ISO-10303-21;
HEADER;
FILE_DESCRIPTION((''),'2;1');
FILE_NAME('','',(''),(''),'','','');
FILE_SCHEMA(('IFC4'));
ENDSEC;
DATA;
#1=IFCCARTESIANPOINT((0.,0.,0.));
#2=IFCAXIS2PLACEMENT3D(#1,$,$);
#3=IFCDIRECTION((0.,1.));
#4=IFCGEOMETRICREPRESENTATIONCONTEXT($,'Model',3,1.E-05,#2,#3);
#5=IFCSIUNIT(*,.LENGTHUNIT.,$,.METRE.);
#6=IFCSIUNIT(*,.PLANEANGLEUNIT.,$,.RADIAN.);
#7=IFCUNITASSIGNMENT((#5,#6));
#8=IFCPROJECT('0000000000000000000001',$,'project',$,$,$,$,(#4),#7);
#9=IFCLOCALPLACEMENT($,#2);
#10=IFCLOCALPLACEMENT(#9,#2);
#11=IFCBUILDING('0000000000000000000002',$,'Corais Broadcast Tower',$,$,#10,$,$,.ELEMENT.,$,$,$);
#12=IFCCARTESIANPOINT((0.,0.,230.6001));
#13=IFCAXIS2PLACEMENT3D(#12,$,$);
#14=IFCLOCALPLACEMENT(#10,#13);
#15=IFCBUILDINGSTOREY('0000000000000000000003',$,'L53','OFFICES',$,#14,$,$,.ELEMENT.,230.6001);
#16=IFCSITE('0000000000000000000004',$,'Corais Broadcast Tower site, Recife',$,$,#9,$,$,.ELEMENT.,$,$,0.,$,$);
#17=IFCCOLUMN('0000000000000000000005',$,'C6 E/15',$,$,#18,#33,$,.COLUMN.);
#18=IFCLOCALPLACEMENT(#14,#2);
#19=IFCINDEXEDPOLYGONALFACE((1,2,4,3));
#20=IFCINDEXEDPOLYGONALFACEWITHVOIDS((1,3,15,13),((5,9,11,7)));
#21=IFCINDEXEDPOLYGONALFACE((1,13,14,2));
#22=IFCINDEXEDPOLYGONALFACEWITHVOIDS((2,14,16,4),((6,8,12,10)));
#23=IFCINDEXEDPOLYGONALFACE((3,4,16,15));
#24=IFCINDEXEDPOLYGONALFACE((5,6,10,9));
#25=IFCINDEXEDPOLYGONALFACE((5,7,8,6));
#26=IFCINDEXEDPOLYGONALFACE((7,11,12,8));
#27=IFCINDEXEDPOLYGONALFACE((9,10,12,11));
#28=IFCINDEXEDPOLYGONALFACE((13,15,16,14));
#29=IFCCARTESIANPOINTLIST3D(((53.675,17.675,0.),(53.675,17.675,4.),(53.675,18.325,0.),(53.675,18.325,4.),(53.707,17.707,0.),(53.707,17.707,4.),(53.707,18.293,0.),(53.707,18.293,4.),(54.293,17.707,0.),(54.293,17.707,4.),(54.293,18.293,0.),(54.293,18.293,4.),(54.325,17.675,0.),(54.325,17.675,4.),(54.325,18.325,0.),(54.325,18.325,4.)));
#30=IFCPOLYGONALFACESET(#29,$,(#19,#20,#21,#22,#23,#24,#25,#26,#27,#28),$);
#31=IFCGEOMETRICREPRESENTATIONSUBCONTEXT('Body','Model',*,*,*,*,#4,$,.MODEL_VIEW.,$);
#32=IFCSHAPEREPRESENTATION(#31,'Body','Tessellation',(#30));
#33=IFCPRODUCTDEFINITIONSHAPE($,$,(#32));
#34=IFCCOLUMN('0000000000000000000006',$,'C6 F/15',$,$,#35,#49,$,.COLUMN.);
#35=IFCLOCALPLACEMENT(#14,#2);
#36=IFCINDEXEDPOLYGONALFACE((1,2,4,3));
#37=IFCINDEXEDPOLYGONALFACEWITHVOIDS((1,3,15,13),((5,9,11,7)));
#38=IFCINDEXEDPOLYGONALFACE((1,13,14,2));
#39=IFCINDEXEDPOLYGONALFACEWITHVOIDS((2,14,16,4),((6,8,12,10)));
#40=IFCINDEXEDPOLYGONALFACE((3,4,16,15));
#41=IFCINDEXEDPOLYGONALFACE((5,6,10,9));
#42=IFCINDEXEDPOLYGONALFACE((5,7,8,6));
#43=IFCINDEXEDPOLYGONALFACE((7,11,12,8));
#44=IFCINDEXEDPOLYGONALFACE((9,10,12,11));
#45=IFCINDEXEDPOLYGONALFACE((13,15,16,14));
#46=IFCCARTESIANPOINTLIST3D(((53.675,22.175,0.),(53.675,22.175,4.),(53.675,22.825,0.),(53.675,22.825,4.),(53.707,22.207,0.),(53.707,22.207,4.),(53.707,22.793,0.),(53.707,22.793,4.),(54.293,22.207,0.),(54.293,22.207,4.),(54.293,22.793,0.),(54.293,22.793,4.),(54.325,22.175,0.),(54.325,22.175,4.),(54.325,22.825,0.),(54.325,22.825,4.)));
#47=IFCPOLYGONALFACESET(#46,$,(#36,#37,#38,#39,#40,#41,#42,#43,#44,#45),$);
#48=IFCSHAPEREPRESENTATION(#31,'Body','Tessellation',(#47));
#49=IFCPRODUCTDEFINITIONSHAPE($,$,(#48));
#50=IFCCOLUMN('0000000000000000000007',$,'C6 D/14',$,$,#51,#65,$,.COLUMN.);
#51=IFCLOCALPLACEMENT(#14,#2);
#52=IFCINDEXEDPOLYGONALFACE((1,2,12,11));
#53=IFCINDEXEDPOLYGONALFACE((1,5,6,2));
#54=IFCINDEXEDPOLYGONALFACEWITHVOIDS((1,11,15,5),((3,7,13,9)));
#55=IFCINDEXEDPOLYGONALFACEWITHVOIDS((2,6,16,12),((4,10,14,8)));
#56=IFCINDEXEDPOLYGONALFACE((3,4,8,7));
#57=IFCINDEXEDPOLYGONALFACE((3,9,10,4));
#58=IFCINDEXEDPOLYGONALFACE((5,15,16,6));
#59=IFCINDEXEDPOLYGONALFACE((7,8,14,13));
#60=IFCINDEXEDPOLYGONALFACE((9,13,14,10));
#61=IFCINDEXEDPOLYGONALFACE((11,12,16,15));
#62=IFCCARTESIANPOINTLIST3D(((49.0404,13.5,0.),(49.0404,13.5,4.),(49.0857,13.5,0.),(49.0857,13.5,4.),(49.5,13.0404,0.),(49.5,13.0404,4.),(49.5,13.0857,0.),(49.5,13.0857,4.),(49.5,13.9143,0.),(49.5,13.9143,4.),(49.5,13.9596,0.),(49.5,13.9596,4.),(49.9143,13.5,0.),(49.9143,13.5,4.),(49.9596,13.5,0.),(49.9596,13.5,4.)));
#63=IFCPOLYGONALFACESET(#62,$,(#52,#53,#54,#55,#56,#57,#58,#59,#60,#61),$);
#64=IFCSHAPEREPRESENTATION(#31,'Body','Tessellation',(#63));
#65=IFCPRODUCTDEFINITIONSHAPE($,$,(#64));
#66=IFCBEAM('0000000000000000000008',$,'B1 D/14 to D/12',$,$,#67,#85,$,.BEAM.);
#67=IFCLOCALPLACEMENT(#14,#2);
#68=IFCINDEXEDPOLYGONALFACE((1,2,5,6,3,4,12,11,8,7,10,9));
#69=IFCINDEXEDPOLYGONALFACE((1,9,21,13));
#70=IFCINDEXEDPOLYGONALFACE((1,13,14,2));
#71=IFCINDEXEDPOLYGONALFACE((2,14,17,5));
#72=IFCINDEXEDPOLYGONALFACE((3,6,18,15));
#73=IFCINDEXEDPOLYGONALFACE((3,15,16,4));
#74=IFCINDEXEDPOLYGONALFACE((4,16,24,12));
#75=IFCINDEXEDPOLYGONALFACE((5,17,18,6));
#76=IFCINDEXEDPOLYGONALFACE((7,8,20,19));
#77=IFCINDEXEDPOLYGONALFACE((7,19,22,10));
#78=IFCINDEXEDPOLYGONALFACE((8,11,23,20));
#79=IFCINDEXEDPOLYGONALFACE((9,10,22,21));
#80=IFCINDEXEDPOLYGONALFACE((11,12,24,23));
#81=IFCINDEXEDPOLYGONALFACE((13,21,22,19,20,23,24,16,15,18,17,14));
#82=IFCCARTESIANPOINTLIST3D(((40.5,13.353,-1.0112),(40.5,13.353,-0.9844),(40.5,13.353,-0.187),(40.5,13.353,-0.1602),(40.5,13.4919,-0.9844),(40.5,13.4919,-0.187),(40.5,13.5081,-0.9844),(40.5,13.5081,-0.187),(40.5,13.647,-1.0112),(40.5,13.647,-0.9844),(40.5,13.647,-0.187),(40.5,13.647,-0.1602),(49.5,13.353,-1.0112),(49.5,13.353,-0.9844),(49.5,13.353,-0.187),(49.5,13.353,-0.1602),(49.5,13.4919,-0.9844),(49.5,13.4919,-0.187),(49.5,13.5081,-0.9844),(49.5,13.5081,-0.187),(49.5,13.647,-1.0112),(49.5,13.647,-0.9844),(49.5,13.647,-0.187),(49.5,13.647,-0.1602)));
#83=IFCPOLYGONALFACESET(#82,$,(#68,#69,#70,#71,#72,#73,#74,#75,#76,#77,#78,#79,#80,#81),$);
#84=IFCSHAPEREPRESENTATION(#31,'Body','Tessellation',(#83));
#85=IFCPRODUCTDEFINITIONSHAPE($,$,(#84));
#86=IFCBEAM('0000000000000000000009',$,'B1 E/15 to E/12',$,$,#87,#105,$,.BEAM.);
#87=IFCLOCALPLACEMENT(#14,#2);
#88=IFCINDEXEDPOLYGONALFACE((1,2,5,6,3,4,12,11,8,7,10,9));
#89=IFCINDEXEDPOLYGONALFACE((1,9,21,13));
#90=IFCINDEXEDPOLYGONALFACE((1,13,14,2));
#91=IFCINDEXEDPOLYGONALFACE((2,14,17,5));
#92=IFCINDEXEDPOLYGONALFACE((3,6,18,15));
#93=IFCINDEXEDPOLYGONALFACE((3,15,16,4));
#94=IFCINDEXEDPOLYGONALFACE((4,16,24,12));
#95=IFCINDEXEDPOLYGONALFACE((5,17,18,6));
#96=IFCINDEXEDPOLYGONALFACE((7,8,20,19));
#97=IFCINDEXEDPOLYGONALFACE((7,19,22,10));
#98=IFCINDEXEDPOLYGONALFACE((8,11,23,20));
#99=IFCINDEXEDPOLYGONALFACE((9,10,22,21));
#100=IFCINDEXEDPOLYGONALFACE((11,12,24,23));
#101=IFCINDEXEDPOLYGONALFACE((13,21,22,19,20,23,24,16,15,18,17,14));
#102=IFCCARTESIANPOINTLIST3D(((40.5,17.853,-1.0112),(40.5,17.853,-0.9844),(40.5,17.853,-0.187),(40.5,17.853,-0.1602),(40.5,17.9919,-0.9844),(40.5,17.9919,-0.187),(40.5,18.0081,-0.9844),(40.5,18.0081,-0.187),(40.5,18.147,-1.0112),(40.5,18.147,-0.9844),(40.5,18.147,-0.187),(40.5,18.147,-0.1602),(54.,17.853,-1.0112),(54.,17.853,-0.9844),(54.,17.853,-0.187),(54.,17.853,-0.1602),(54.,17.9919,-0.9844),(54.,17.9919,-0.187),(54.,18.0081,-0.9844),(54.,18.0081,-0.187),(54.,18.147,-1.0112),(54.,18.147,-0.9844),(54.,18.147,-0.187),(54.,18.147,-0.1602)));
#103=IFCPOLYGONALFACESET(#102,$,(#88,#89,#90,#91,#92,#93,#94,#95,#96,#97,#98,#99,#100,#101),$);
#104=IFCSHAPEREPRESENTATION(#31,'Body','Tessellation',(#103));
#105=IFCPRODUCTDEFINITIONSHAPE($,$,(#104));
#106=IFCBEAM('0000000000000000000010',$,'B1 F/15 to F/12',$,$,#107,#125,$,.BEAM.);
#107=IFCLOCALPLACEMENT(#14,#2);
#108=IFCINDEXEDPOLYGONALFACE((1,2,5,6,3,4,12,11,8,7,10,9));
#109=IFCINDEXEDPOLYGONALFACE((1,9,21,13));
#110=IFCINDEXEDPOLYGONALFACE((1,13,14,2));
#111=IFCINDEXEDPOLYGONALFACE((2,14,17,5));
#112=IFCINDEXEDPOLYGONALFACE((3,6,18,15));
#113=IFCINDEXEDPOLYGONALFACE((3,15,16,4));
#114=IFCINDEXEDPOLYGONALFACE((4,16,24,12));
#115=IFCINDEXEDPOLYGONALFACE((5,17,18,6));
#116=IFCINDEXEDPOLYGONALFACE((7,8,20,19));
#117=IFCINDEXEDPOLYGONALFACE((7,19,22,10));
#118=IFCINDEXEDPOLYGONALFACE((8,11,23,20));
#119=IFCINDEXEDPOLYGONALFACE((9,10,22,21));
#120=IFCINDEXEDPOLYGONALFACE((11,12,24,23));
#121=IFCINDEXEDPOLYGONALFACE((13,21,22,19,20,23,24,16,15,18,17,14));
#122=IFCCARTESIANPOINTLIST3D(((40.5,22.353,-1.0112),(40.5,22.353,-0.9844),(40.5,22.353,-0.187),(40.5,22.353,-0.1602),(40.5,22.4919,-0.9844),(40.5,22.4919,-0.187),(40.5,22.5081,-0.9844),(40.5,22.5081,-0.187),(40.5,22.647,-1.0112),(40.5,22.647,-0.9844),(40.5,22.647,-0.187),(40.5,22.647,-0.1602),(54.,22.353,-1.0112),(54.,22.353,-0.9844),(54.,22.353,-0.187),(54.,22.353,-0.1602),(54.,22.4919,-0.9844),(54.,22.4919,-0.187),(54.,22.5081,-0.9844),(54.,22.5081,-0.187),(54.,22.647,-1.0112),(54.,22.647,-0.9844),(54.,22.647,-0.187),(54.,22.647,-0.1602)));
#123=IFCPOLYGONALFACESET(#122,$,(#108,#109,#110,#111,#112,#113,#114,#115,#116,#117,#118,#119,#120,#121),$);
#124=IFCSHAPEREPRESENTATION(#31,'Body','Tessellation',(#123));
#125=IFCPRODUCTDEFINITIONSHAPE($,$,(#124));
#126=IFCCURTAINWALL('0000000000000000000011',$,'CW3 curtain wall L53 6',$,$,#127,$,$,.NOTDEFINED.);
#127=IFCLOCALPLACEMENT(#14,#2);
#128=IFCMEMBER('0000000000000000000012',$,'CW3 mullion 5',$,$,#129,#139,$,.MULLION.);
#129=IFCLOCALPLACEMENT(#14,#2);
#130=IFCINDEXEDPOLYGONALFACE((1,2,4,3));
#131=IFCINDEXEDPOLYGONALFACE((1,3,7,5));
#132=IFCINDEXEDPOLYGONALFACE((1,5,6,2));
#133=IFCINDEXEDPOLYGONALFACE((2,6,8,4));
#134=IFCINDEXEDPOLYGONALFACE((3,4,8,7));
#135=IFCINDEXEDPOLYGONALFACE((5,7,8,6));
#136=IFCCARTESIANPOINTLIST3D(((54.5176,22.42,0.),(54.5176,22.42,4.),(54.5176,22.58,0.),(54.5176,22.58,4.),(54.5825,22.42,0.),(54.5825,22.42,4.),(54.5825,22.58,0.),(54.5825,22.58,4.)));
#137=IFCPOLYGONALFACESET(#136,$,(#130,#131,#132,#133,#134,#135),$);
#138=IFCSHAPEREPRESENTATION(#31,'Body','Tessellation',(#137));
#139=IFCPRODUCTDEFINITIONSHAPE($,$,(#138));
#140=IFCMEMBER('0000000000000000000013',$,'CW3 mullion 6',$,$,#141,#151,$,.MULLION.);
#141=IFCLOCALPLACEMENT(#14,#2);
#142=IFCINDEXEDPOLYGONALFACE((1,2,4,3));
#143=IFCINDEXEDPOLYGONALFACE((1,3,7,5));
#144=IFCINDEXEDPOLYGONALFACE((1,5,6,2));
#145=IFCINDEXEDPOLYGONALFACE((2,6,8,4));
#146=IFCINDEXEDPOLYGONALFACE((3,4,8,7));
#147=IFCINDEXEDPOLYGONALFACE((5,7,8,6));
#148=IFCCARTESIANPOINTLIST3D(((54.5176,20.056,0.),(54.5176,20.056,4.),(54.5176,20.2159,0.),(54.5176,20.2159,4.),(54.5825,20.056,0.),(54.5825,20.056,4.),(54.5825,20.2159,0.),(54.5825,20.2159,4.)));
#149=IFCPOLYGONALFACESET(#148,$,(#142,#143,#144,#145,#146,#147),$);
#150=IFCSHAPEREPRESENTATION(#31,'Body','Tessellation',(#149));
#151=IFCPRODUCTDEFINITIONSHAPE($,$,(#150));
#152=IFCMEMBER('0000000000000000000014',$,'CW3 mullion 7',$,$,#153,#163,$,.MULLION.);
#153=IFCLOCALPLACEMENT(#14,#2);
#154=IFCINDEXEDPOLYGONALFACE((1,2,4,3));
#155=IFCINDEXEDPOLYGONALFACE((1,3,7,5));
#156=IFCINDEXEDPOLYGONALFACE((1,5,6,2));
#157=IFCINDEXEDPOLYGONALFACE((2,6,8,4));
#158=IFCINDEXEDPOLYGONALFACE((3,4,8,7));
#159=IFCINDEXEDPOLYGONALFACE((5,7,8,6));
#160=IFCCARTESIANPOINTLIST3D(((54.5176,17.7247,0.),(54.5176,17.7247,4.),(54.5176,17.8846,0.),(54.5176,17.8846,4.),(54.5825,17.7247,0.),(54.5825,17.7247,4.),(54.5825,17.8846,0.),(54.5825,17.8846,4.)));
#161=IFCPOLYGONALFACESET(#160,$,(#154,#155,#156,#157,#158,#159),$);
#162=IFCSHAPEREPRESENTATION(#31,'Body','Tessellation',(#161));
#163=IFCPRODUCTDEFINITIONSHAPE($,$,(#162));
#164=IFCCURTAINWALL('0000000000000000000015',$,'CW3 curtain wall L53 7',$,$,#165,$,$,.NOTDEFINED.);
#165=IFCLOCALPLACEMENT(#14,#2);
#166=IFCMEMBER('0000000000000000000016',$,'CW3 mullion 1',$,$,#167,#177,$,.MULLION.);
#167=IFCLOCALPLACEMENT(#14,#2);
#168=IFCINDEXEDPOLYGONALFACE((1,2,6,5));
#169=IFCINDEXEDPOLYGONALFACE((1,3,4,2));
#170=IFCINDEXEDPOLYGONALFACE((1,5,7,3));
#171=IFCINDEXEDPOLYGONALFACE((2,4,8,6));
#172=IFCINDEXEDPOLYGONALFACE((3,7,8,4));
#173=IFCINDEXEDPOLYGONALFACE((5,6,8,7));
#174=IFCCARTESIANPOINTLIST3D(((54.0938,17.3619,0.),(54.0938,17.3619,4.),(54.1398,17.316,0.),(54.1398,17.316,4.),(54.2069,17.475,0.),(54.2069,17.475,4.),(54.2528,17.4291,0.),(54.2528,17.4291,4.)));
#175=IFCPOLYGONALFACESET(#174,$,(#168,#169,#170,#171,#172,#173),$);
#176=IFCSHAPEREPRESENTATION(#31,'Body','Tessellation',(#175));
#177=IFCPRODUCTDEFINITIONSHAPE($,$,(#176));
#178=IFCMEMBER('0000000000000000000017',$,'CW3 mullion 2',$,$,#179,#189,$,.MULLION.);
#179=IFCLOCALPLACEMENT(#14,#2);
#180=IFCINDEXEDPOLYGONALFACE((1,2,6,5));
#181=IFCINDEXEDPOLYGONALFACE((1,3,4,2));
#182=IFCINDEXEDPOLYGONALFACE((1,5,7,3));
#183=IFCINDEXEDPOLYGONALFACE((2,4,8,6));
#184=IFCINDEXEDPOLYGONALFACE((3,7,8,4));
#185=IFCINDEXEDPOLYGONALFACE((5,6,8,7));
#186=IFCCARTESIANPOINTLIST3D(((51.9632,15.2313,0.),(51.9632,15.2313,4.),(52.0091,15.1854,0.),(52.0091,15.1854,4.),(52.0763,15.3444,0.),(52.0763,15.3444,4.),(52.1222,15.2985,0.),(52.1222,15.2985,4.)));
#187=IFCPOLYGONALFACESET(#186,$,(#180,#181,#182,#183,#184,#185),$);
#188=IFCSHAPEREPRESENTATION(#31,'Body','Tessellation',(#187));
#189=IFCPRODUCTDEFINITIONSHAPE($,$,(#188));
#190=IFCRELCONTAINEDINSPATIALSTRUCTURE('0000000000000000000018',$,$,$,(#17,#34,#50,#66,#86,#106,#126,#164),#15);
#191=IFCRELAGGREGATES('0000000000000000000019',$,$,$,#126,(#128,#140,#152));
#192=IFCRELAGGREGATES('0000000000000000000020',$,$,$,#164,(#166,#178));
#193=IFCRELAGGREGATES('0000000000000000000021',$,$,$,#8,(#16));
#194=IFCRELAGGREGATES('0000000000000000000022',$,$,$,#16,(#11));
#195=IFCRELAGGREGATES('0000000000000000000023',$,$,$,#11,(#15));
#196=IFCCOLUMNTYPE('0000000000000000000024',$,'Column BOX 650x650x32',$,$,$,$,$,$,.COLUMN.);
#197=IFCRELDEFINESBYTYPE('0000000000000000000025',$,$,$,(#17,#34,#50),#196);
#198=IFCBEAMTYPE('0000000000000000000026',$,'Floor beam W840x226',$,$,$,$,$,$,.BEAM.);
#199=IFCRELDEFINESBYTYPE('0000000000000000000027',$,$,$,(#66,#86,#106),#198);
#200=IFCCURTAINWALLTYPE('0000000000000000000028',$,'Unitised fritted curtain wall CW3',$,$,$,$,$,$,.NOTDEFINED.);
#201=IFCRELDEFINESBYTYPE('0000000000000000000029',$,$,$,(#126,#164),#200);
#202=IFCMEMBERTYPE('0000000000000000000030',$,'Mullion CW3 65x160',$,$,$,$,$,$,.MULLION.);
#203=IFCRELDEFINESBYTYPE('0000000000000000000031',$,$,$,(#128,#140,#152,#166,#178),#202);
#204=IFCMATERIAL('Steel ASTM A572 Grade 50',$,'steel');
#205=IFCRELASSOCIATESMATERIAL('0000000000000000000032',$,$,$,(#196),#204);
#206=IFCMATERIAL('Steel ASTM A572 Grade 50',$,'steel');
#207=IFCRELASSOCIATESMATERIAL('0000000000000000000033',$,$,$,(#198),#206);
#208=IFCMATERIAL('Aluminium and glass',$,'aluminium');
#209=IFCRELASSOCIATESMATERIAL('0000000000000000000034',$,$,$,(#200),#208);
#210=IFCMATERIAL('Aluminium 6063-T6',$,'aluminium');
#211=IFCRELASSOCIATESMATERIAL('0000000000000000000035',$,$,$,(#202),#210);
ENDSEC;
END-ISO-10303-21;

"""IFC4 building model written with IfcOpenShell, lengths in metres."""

from ifc_helpers import new_model, si_unit, direction, frame, origin, origin_2d, place, context, subcontext, project, spatial, rectangle, hollow_rectangle, i_section, extrude, material, material_profile, profile_set, type_object, element, aggregate, save


model = new_model("IFC4")

# Units and contexts
model_context = context("Model", 3, precision=1e-05, world=origin(), true_north=direction((0.0, 1.0)))
body_context = subcontext(model_context, "Body", "Model", "MODEL_VIEW")
ifc_project = project(units=[si_unit("LENGTHUNIT", "METRE"), si_unit("PLANEANGLEUNIT", "RADIAN")], contexts=[model_context])

# Site, building, storey
site_placement = place(None, origin())
site = spatial("IfcSite", under=ifc_project, at=site_placement, Name="Corais Broadcast Tower site, Recife", CompositionType="ELEMENT", RefElevation=0.0)
building_placement = place(site_placement, origin())
building = spatial("IfcBuilding", under=site, at=building_placement, Name="Corais Broadcast Tower", CompositionType="ELEMENT")
storey_placement = place(building_placement, frame((0.0, 0.0, 230.6001)))
storey = spatial("IfcBuildingStorey", under=building, at=storey_placement, Name="L53", Description="OFFICES", CompositionType="ELEMENT", Elevation=230.6001)

# Columns
ifc_material_1 = material(Name="Steel ASTM A572 Grade 50", Category="steel")
ifc_material_profile_1 = material_profile(ifc_material_1, hollow_rectangle(XDim=0.6499, YDim=0.6499, WallThickness=0.032, at=origin_2d()), Name="BOX 650x650x32")
ifc_profile_set_1 = profile_set([ifc_material_profile_1], Name="Steel ASTM A572 Grade 50")
column_type = type_object("IfcColumnType", Name="Column BOX 650x650x32", PredefinedType="COLUMN", material=ifc_profile_set_1)
for number, where, z_axis, x_axis, name in (
    (1, (54.0, 18.0, 0.0), (0.0, 0.0, 1.0), (1.0, 0.0, 0.0), "C6 E/15"),
    (2, (54.0, 22.5, 0.0), (0.0, 0.0, 1.0), (1.0, 0.0, 0.0), "C6 F/15"),
    (3, (49.5, 13.5, 0.0), (0.0, 0.0, 1.0), (0.707107, 0.707107, 0.0), "C6 D/14"),
):
    element("IfcColumn", number, at=place(storey_placement, frame(where, z_axis=z_axis, x_axis=x_axis)), inside=storey, type_object=column_type, Name=name, PredefinedType="COLUMN", context=body_context, shape_type="SweptSolid", body=[
        extrude(hollow_rectangle(XDim=0.6499, YDim=0.6499, WallThickness=0.032, at=origin_2d()), origin(), (0.0, 0.0, 1.0), 4.0),
    ])

# Beams
ifc_material_2 = material(Name="Steel ASTM A572 Grade 50", Category="steel")
ifc_material_profile_2 = material_profile(ifc_material_2, i_section(OverallWidth=0.2939, OverallDepth=0.8511, WebThickness=0.0161, FlangeThickness=0.0269, at=origin_2d()), Name="W840x226")
ifc_profile_set_2 = profile_set([ifc_material_profile_2], Name="Steel ASTM A572 Grade 50")
beam_type_1 = type_object("IfcBeamType", Name="Floor beam W840x226", PredefinedType="BEAM", material=ifc_profile_set_2)
beam_1_placement = place(storey_placement, frame((49.5, 13.5, -0.5857), z_axis=(-1.0, 0.0, 0.0), x_axis=(0.0, -1.0, 0.0)))
element("IfcBeam", 4, at=beam_1_placement, inside=storey, type_object=beam_type_1, Name="B1 D/14 to D/12", PredefinedType="BEAM", context=body_context, shape_type="SweptSolid", body=[
    extrude(i_section(OverallWidth=0.2939, OverallDepth=0.8511, WebThickness=0.0161, FlangeThickness=0.0269, at=origin_2d()), origin(), (0.0, 0.0, 1.0), 9.0),
])
for number, where, z_axis, x_axis, name in (
    (5, (54.0, 18.0, -0.5857), (-1.0, 0.0, 0.0), (0.0, -1.0, 0.0), "B1 E/15 to E/12"),
    (6, (54.0, 22.5, -0.5857), (-1.0, 0.0, 0.0), (0.0, -1.0, 0.0), "B1 F/15 to F/12"),
):
    element("IfcBeam", number, at=place(storey_placement, frame(where, z_axis=z_axis, x_axis=x_axis)), inside=storey, type_object=beam_type_1, Name=name, PredefinedType="BEAM", context=body_context, shape_type="SweptSolid", body=[
        extrude(i_section(OverallWidth=0.2939, OverallDepth=0.8511, WebThickness=0.0161, FlangeThickness=0.0269, at=origin_2d()), origin(), (0.0, 0.0, 1.0), 13.5),
    ])

# Curtain walls, members
ifc_material_3 = material(Name="Aluminium and glass", Category="aluminium")
curtain_wall_type = type_object("IfcCurtainWallType", Name="Unitised fritted curtain wall CW3", PredefinedType="NOTDEFINED", material=ifc_material_3)
curtain_wall_1_placement = place(storey_placement, origin())
curtain_wall_1 = element("IfcCurtainWall", 7, at=curtain_wall_1_placement, inside=storey, type_object=curtain_wall_type, Name="CW3 curtain wall L53 6", PredefinedType="NOTDEFINED")
ifc_material_4 = material(Name="Aluminium 6063-T6", Category="aluminium")
ifc_material_profile_3 = material_profile(ifc_material_4, rectangle(XDim=0.0649, YDim=0.1599, at=origin_2d()), Name="Mullion CW3 65x160")
ifc_profile_set_3 = profile_set([ifc_material_profile_3], Name="Aluminium 6063-T6")
member_type_1 = type_object("IfcMemberType", Name="Mullion CW3 65x160", PredefinedType="MULLION", material=ifc_profile_set_3)
member_1_placement = place(storey_placement, frame((54.55, 22.5, 0.0), z_axis=(0.0, 0.0, 1.0), x_axis=(1.0, 0.0, 0.0)))
member_1 = element("IfcMember", 8, at=member_1_placement, type_object=member_type_1, Name="CW3 mullion 5", PredefinedType="MULLION", context=body_context, shape_type="SweptSolid", body=[
    extrude(rectangle(XDim=0.0649, YDim=0.1599, at=origin_2d()), origin(), (0.0, 0.0, 1.0), 4.0),
])
member_2_placement = place(storey_placement, frame((54.55, 20.136, 0.0), z_axis=(0.0, 0.0, 1.0), x_axis=(1.0, 0.0, 0.0)))
member_2 = element("IfcMember", 9, at=member_2_placement, type_object=member_type_1, Name="CW3 mullion 6", PredefinedType="MULLION", context=body_context, shape_type="SweptSolid", body=[
    extrude(rectangle(XDim=0.0649, YDim=0.1599, at=origin_2d()), origin(), (0.0, 0.0, 1.0), 4.0),
])
member_3_placement = place(storey_placement, frame((54.55, 17.8047, 0.0), z_axis=(0.0, 0.0, 1.0), x_axis=(1.0, 0.0, 0.0)))
member_3 = element("IfcMember", 10, at=member_3_placement, type_object=member_type_1, Name="CW3 mullion 7", PredefinedType="MULLION", context=body_context, shape_type="SweptSolid", body=[
    extrude(rectangle(XDim=0.0649, YDim=0.1599, at=origin_2d()), origin(), (0.0, 0.0, 1.0), 4.0),
])
curtain_wall_2_placement = place(storey_placement, origin())
curtain_wall_2 = element("IfcCurtainWall", 11, at=curtain_wall_2_placement, inside=storey, type_object=curtain_wall_type, Name="CW3 curtain wall L53 7", PredefinedType="NOTDEFINED")
member_4_placement = place(storey_placement, frame((54.1733, 17.3955, 0.0), z_axis=(0.0, 0.0, 1.0), x_axis=(0.707107, -0.707107, 0.0)))
member_4 = element("IfcMember", 12, at=member_4_placement, type_object=member_type_1, Name="CW3 mullion 1", PredefinedType="MULLION", context=body_context, shape_type="SweptSolid", body=[
    extrude(rectangle(XDim=0.0649, YDim=0.1599, at=origin_2d()), origin(), (0.0, 0.0, 1.0), 4.0),
])
member_5_placement = place(storey_placement, frame((52.0427, 15.2649, 0.0), z_axis=(0.0, 0.0, 1.0), x_axis=(0.707107, -0.707107, 0.0)))
member_5 = element("IfcMember", 13, at=member_5_placement, type_object=member_type_1, Name="CW3 mullion 2", PredefinedType="MULLION", context=body_context, shape_type="SweptSolid", body=[
    extrude(rectangle(XDim=0.0649, YDim=0.1599, at=origin_2d()), origin(), (0.0, 0.0, 1.0), 4.0),
])

aggregate(curtain_wall_1, [member_1, member_2, member_3])
aggregate(curtain_wall_2, [member_4, member_5])

save(model, "model.ifc")
